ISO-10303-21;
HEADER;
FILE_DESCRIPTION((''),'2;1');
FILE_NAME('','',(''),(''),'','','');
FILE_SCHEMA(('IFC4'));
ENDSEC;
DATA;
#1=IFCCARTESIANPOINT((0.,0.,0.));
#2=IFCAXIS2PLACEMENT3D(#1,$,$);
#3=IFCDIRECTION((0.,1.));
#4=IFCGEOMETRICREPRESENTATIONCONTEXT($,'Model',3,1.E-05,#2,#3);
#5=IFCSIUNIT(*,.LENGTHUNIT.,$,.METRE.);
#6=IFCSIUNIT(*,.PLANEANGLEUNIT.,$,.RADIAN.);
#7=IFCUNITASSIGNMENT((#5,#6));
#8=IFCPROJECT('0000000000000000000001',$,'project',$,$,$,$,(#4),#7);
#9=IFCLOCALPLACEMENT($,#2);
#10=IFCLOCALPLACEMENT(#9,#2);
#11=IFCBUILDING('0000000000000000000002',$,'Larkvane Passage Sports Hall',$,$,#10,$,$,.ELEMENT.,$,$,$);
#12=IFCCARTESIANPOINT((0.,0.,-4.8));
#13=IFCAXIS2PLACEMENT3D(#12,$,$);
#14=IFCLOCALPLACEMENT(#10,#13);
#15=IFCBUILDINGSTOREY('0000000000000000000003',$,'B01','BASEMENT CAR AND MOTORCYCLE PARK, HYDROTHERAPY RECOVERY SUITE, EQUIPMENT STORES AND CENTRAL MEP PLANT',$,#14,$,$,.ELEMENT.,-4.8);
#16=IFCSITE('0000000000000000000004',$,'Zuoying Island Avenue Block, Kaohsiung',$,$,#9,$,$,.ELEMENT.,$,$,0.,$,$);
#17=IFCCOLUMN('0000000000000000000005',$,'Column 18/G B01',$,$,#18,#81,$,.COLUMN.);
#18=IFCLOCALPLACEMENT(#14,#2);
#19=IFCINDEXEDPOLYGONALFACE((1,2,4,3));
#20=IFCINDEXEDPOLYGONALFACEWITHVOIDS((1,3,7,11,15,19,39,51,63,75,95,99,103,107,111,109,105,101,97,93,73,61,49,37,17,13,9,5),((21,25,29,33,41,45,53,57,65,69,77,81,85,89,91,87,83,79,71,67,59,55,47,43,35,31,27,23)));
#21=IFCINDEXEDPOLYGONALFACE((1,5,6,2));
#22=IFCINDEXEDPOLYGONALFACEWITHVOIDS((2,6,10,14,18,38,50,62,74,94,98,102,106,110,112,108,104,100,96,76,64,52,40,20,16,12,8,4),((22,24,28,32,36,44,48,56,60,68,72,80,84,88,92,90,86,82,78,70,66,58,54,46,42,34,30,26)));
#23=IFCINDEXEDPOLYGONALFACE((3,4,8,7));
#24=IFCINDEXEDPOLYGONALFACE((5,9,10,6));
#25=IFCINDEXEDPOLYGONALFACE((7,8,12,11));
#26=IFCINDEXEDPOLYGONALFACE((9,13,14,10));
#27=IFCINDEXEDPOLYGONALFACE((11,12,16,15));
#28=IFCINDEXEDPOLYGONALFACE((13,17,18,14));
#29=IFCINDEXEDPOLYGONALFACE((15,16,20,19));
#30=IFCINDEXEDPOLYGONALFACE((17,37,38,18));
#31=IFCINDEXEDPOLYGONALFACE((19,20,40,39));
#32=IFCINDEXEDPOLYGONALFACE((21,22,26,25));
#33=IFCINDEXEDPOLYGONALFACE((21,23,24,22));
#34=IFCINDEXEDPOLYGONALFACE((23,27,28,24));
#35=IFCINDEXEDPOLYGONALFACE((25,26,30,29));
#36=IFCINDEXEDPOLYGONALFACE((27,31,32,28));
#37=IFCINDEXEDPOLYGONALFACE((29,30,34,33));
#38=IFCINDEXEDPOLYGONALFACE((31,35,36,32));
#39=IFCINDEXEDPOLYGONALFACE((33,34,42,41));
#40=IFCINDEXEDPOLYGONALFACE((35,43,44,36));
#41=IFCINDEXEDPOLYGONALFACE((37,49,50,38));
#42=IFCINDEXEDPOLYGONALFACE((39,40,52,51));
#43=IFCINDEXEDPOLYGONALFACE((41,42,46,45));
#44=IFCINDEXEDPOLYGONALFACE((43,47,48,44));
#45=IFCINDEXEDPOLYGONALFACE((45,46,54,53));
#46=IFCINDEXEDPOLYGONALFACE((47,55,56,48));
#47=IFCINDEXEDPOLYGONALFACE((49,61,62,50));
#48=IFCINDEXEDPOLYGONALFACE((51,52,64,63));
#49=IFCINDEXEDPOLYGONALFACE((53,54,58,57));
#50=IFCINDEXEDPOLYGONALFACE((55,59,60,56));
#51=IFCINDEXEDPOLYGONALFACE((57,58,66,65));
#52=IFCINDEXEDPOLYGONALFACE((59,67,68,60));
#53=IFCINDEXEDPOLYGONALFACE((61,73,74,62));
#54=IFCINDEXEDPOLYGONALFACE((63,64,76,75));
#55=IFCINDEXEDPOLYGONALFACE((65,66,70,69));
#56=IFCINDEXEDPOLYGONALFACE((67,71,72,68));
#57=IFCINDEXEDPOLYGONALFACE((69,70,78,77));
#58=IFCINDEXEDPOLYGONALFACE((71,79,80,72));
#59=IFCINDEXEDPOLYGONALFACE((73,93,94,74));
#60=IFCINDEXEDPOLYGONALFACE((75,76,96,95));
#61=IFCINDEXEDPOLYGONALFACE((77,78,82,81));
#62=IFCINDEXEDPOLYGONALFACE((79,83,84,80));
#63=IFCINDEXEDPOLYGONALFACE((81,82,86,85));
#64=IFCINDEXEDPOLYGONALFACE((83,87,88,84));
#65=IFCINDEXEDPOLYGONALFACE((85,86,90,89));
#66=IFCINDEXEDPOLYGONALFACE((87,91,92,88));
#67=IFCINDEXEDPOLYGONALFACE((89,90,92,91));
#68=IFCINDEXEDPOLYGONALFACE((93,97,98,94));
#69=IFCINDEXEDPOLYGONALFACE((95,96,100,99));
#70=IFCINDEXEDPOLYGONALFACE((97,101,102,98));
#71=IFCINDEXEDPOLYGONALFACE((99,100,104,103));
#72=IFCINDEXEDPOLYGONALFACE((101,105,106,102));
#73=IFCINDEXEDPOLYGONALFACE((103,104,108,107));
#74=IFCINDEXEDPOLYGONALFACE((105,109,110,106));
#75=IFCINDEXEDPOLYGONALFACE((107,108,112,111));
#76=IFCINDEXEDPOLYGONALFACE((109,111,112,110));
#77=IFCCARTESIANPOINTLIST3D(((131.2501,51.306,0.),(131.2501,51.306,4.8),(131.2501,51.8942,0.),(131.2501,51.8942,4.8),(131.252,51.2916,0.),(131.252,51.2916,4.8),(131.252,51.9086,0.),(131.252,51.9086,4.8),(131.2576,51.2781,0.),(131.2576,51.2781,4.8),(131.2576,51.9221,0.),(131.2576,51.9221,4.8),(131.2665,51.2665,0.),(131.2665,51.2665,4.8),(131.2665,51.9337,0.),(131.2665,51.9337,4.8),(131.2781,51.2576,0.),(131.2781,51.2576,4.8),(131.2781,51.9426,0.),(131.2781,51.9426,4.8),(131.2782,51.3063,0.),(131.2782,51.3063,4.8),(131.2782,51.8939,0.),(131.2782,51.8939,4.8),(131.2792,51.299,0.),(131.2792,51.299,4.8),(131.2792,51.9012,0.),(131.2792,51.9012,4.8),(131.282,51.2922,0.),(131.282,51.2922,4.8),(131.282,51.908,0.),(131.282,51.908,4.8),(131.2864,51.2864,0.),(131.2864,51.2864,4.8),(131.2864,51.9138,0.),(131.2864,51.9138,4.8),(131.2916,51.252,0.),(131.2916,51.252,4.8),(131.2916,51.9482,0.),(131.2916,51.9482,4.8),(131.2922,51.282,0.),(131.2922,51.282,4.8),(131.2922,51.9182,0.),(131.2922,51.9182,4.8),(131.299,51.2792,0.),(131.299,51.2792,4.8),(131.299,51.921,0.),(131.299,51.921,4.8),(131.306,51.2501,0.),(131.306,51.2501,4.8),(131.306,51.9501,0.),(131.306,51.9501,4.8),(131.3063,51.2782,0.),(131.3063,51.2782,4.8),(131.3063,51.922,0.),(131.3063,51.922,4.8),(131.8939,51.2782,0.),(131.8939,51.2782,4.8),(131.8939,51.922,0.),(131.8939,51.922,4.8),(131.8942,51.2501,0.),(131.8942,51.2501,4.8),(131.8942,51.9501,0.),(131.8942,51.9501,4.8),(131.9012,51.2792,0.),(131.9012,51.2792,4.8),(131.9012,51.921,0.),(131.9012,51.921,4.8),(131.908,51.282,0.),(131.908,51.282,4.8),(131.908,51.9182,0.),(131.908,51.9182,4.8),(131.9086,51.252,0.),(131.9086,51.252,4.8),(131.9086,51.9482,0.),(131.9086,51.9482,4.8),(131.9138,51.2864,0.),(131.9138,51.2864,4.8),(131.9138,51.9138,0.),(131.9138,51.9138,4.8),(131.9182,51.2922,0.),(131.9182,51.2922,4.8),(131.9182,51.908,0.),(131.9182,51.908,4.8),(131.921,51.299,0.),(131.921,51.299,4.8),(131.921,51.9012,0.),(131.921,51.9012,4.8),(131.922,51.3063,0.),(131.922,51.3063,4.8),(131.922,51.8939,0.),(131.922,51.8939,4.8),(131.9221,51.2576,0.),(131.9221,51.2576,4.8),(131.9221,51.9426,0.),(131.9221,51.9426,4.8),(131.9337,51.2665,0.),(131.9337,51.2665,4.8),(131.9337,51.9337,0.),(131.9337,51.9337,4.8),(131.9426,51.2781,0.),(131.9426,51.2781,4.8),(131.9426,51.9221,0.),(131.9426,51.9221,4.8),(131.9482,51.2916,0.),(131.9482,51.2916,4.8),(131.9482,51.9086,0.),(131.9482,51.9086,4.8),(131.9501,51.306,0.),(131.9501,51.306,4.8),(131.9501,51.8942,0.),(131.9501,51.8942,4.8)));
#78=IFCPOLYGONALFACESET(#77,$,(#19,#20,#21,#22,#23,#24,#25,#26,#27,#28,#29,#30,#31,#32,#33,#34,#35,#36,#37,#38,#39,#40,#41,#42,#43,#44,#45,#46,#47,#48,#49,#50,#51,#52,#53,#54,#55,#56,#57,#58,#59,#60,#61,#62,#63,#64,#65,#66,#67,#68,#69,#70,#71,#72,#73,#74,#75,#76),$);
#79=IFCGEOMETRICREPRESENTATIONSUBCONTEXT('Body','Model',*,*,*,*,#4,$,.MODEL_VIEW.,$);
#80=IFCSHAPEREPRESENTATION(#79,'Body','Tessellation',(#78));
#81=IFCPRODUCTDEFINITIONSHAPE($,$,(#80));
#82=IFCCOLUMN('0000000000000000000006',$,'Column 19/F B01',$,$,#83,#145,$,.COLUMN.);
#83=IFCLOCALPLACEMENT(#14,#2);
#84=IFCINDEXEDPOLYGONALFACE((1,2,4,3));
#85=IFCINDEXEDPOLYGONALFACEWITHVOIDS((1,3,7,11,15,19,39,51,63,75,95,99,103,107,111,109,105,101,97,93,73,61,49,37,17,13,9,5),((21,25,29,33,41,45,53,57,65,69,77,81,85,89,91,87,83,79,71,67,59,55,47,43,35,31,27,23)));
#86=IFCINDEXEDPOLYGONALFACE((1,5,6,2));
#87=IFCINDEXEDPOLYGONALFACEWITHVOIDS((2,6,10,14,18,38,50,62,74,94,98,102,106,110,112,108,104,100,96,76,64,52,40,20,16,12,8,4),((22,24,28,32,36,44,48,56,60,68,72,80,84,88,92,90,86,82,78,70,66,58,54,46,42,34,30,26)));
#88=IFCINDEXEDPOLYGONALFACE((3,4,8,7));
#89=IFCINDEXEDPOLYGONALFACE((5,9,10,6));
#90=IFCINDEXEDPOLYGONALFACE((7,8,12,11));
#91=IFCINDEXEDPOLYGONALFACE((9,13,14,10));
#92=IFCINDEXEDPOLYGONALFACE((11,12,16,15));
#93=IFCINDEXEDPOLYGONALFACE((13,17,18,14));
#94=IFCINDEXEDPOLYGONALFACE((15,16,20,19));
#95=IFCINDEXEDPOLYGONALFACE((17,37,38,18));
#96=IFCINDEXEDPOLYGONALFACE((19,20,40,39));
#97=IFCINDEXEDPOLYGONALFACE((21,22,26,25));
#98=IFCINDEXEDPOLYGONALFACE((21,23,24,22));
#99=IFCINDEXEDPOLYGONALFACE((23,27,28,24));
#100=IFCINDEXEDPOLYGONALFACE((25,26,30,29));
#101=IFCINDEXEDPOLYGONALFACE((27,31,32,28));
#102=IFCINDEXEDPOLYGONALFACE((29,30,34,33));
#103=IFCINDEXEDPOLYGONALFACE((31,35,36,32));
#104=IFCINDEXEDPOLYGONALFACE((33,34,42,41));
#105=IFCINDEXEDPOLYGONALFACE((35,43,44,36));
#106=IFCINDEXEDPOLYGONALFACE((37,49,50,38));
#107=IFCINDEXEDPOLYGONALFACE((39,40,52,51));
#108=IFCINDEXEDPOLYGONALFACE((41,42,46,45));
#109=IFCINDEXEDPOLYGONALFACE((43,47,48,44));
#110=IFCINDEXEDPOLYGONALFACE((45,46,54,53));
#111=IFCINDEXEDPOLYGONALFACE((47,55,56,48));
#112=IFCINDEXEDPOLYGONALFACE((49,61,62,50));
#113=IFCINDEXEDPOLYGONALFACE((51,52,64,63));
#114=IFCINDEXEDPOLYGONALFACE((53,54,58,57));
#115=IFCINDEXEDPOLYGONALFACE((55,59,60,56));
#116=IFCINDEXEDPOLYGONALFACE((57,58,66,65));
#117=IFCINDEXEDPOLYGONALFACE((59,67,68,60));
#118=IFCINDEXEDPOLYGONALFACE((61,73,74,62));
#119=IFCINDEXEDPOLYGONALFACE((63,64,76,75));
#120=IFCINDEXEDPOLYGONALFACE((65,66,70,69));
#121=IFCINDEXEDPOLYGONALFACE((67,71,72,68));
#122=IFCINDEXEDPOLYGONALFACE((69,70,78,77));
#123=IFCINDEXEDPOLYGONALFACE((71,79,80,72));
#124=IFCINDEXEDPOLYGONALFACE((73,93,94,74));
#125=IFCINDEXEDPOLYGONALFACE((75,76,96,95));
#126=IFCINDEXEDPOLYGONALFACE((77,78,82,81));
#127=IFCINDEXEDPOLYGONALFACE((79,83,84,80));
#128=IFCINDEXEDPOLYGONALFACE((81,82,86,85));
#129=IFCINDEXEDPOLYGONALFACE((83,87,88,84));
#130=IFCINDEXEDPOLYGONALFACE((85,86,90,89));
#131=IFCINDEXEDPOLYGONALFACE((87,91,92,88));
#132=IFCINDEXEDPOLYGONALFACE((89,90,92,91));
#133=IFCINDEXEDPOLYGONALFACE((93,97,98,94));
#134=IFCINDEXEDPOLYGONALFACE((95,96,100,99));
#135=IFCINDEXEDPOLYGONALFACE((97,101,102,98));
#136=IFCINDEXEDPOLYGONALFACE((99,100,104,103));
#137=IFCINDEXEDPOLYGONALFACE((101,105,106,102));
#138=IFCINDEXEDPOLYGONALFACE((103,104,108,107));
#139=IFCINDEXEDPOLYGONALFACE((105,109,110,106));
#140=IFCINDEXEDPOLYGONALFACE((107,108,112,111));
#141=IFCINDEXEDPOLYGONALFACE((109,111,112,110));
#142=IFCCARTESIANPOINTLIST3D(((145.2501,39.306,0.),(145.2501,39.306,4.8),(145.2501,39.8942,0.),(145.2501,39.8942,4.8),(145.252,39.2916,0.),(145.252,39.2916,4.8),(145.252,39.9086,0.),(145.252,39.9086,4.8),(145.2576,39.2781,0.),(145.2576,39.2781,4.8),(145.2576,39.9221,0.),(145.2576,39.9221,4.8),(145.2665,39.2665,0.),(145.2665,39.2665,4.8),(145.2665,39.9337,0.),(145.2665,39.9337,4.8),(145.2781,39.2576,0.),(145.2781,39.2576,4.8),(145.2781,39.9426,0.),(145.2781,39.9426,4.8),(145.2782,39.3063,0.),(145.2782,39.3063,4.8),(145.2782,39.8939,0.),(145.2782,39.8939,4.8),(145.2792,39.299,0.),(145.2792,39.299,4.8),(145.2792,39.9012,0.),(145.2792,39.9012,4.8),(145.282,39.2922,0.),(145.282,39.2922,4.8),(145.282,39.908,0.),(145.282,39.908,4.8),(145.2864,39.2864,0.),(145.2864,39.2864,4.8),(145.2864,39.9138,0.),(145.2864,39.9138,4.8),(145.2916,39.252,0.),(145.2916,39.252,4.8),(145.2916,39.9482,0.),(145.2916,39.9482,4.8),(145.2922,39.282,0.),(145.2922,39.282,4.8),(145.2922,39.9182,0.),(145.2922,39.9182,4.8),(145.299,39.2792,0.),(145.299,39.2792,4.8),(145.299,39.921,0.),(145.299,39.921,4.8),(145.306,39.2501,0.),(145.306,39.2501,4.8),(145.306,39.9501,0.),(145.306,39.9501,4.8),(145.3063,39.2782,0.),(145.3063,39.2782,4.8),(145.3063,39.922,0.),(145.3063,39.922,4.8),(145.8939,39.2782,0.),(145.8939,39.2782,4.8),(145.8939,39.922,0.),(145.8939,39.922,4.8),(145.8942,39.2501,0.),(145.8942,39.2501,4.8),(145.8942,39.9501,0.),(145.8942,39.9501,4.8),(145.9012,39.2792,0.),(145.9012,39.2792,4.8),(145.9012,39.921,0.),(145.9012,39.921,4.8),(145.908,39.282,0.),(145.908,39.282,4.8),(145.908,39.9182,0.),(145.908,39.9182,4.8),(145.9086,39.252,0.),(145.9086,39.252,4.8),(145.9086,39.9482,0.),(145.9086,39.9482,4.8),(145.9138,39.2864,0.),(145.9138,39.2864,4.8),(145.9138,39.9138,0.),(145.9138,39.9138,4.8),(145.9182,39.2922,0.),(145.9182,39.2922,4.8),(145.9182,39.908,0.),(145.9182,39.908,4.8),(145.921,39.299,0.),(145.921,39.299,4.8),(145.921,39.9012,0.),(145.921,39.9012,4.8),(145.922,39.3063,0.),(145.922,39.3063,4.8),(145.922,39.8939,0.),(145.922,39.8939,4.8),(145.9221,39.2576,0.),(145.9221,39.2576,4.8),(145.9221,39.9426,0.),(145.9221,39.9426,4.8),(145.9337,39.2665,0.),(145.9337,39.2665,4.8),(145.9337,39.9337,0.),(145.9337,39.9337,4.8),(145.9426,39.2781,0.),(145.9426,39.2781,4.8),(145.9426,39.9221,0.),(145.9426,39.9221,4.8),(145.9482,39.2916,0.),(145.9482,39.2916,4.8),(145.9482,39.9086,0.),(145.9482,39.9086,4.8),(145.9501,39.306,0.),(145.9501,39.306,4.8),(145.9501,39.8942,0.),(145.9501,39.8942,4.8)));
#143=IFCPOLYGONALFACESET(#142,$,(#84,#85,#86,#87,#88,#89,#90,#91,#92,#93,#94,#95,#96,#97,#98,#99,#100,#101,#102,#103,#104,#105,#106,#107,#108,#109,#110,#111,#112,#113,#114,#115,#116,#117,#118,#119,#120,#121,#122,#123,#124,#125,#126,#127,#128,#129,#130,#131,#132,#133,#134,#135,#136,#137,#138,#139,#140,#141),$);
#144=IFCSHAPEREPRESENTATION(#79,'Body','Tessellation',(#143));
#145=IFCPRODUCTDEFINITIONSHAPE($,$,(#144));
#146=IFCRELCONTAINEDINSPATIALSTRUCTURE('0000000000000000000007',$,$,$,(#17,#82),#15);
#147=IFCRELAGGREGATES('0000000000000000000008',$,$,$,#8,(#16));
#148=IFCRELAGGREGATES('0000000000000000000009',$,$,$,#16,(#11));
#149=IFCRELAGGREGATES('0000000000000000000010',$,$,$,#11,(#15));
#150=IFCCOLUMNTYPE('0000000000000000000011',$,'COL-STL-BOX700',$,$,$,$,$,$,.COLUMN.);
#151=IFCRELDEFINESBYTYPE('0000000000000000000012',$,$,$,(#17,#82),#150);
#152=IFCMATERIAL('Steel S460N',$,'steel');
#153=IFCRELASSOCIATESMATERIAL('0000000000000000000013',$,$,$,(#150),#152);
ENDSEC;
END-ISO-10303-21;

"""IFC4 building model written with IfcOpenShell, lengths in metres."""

from ifc_helpers import new_model, si_unit, direction, frame, origin, origin_2d, place, context, subcontext, project, spatial, hollow_rectangle, extrude, material, material_profile, profile_set, type_object, element, save


model = new_model("IFC4")

# Units and contexts
model_context = context("Model", 3, precision=1e-05, world=origin(), true_north=direction((0.0, 1.0)))
body_context = subcontext(model_context, "Body", "Model", "MODEL_VIEW")
ifc_project = project(units=[si_unit("LENGTHUNIT", "METRE"), si_unit("PLANEANGLEUNIT", "RADIAN")], contexts=[model_context])

# Site, building, storey
site_placement = place(None, origin())
site = spatial("IfcSite", under=ifc_project, at=site_placement, Name="Zuoying Island Avenue Block, Kaohsiung", CompositionType="ELEMENT", RefElevation=0.0)
building_placement = place(site_placement, origin())
building = spatial("IfcBuilding", under=site, at=building_placement, Name="Larkvane Passage Sports Hall", CompositionType="ELEMENT")
storey_placement = place(building_placement, frame((0.0, 0.0, -4.8)))
storey = spatial("IfcBuildingStorey", under=building, at=storey_placement, Name="B01", Description="BASEMENT CAR AND MOTORCYCLE PARK, HYDROTHERAPY RECOVERY SUITE, EQUIPMENT STORES AND CENTRAL MEP PLANT", CompositionType="ELEMENT", Elevation=-4.8)

# Columns
ifc_material_1 = material(Name="Steel S460N", Category="steel")
ifc_material_profile_1 = material_profile(ifc_material_1, hollow_rectangle(XDim=0.7, YDim=0.7, WallThickness=0.0281, InnerFilletRadius=0.0281, OuterFilletRadius=0.0559, at=origin_2d()), Name="BOX-700x700x28")
ifc_profile_set_1 = profile_set([ifc_material_profile_1], Name="Steel S460N")
column_type_1 = type_object("IfcColumnType", Name="COL-STL-BOX700", PredefinedType="COLUMN", material=ifc_profile_set_1)
for number, where, z_axis, x_axis, name in (
    (1, (131.6001, 51.6001, 0.0), (0.0, 0.0, 1.0), (1.0, 0.0, 0.0), "Column 18/G B01"),
    (2, (145.6001, 39.6001, 0.0), (0.0, 0.0, 1.0), (1.0, 0.0, 0.0), "Column 19/F B01"),
):
    element("IfcColumn", number, at=place(storey_placement, frame(where, z_axis=z_axis, x_axis=x_axis)), inside=storey, type_object=column_type_1, Name=name, PredefinedType="COLUMN", context=body_context, shape_type="SweptSolid", body=[
        extrude(hollow_rectangle(XDim=0.7, YDim=0.7, WallThickness=0.0281, InnerFilletRadius=0.0281, OuterFilletRadius=0.0559, at=origin_2d()), origin(), (0.0, 0.0, 1.0), 4.8),
    ])

save(model, "model.ifc")
